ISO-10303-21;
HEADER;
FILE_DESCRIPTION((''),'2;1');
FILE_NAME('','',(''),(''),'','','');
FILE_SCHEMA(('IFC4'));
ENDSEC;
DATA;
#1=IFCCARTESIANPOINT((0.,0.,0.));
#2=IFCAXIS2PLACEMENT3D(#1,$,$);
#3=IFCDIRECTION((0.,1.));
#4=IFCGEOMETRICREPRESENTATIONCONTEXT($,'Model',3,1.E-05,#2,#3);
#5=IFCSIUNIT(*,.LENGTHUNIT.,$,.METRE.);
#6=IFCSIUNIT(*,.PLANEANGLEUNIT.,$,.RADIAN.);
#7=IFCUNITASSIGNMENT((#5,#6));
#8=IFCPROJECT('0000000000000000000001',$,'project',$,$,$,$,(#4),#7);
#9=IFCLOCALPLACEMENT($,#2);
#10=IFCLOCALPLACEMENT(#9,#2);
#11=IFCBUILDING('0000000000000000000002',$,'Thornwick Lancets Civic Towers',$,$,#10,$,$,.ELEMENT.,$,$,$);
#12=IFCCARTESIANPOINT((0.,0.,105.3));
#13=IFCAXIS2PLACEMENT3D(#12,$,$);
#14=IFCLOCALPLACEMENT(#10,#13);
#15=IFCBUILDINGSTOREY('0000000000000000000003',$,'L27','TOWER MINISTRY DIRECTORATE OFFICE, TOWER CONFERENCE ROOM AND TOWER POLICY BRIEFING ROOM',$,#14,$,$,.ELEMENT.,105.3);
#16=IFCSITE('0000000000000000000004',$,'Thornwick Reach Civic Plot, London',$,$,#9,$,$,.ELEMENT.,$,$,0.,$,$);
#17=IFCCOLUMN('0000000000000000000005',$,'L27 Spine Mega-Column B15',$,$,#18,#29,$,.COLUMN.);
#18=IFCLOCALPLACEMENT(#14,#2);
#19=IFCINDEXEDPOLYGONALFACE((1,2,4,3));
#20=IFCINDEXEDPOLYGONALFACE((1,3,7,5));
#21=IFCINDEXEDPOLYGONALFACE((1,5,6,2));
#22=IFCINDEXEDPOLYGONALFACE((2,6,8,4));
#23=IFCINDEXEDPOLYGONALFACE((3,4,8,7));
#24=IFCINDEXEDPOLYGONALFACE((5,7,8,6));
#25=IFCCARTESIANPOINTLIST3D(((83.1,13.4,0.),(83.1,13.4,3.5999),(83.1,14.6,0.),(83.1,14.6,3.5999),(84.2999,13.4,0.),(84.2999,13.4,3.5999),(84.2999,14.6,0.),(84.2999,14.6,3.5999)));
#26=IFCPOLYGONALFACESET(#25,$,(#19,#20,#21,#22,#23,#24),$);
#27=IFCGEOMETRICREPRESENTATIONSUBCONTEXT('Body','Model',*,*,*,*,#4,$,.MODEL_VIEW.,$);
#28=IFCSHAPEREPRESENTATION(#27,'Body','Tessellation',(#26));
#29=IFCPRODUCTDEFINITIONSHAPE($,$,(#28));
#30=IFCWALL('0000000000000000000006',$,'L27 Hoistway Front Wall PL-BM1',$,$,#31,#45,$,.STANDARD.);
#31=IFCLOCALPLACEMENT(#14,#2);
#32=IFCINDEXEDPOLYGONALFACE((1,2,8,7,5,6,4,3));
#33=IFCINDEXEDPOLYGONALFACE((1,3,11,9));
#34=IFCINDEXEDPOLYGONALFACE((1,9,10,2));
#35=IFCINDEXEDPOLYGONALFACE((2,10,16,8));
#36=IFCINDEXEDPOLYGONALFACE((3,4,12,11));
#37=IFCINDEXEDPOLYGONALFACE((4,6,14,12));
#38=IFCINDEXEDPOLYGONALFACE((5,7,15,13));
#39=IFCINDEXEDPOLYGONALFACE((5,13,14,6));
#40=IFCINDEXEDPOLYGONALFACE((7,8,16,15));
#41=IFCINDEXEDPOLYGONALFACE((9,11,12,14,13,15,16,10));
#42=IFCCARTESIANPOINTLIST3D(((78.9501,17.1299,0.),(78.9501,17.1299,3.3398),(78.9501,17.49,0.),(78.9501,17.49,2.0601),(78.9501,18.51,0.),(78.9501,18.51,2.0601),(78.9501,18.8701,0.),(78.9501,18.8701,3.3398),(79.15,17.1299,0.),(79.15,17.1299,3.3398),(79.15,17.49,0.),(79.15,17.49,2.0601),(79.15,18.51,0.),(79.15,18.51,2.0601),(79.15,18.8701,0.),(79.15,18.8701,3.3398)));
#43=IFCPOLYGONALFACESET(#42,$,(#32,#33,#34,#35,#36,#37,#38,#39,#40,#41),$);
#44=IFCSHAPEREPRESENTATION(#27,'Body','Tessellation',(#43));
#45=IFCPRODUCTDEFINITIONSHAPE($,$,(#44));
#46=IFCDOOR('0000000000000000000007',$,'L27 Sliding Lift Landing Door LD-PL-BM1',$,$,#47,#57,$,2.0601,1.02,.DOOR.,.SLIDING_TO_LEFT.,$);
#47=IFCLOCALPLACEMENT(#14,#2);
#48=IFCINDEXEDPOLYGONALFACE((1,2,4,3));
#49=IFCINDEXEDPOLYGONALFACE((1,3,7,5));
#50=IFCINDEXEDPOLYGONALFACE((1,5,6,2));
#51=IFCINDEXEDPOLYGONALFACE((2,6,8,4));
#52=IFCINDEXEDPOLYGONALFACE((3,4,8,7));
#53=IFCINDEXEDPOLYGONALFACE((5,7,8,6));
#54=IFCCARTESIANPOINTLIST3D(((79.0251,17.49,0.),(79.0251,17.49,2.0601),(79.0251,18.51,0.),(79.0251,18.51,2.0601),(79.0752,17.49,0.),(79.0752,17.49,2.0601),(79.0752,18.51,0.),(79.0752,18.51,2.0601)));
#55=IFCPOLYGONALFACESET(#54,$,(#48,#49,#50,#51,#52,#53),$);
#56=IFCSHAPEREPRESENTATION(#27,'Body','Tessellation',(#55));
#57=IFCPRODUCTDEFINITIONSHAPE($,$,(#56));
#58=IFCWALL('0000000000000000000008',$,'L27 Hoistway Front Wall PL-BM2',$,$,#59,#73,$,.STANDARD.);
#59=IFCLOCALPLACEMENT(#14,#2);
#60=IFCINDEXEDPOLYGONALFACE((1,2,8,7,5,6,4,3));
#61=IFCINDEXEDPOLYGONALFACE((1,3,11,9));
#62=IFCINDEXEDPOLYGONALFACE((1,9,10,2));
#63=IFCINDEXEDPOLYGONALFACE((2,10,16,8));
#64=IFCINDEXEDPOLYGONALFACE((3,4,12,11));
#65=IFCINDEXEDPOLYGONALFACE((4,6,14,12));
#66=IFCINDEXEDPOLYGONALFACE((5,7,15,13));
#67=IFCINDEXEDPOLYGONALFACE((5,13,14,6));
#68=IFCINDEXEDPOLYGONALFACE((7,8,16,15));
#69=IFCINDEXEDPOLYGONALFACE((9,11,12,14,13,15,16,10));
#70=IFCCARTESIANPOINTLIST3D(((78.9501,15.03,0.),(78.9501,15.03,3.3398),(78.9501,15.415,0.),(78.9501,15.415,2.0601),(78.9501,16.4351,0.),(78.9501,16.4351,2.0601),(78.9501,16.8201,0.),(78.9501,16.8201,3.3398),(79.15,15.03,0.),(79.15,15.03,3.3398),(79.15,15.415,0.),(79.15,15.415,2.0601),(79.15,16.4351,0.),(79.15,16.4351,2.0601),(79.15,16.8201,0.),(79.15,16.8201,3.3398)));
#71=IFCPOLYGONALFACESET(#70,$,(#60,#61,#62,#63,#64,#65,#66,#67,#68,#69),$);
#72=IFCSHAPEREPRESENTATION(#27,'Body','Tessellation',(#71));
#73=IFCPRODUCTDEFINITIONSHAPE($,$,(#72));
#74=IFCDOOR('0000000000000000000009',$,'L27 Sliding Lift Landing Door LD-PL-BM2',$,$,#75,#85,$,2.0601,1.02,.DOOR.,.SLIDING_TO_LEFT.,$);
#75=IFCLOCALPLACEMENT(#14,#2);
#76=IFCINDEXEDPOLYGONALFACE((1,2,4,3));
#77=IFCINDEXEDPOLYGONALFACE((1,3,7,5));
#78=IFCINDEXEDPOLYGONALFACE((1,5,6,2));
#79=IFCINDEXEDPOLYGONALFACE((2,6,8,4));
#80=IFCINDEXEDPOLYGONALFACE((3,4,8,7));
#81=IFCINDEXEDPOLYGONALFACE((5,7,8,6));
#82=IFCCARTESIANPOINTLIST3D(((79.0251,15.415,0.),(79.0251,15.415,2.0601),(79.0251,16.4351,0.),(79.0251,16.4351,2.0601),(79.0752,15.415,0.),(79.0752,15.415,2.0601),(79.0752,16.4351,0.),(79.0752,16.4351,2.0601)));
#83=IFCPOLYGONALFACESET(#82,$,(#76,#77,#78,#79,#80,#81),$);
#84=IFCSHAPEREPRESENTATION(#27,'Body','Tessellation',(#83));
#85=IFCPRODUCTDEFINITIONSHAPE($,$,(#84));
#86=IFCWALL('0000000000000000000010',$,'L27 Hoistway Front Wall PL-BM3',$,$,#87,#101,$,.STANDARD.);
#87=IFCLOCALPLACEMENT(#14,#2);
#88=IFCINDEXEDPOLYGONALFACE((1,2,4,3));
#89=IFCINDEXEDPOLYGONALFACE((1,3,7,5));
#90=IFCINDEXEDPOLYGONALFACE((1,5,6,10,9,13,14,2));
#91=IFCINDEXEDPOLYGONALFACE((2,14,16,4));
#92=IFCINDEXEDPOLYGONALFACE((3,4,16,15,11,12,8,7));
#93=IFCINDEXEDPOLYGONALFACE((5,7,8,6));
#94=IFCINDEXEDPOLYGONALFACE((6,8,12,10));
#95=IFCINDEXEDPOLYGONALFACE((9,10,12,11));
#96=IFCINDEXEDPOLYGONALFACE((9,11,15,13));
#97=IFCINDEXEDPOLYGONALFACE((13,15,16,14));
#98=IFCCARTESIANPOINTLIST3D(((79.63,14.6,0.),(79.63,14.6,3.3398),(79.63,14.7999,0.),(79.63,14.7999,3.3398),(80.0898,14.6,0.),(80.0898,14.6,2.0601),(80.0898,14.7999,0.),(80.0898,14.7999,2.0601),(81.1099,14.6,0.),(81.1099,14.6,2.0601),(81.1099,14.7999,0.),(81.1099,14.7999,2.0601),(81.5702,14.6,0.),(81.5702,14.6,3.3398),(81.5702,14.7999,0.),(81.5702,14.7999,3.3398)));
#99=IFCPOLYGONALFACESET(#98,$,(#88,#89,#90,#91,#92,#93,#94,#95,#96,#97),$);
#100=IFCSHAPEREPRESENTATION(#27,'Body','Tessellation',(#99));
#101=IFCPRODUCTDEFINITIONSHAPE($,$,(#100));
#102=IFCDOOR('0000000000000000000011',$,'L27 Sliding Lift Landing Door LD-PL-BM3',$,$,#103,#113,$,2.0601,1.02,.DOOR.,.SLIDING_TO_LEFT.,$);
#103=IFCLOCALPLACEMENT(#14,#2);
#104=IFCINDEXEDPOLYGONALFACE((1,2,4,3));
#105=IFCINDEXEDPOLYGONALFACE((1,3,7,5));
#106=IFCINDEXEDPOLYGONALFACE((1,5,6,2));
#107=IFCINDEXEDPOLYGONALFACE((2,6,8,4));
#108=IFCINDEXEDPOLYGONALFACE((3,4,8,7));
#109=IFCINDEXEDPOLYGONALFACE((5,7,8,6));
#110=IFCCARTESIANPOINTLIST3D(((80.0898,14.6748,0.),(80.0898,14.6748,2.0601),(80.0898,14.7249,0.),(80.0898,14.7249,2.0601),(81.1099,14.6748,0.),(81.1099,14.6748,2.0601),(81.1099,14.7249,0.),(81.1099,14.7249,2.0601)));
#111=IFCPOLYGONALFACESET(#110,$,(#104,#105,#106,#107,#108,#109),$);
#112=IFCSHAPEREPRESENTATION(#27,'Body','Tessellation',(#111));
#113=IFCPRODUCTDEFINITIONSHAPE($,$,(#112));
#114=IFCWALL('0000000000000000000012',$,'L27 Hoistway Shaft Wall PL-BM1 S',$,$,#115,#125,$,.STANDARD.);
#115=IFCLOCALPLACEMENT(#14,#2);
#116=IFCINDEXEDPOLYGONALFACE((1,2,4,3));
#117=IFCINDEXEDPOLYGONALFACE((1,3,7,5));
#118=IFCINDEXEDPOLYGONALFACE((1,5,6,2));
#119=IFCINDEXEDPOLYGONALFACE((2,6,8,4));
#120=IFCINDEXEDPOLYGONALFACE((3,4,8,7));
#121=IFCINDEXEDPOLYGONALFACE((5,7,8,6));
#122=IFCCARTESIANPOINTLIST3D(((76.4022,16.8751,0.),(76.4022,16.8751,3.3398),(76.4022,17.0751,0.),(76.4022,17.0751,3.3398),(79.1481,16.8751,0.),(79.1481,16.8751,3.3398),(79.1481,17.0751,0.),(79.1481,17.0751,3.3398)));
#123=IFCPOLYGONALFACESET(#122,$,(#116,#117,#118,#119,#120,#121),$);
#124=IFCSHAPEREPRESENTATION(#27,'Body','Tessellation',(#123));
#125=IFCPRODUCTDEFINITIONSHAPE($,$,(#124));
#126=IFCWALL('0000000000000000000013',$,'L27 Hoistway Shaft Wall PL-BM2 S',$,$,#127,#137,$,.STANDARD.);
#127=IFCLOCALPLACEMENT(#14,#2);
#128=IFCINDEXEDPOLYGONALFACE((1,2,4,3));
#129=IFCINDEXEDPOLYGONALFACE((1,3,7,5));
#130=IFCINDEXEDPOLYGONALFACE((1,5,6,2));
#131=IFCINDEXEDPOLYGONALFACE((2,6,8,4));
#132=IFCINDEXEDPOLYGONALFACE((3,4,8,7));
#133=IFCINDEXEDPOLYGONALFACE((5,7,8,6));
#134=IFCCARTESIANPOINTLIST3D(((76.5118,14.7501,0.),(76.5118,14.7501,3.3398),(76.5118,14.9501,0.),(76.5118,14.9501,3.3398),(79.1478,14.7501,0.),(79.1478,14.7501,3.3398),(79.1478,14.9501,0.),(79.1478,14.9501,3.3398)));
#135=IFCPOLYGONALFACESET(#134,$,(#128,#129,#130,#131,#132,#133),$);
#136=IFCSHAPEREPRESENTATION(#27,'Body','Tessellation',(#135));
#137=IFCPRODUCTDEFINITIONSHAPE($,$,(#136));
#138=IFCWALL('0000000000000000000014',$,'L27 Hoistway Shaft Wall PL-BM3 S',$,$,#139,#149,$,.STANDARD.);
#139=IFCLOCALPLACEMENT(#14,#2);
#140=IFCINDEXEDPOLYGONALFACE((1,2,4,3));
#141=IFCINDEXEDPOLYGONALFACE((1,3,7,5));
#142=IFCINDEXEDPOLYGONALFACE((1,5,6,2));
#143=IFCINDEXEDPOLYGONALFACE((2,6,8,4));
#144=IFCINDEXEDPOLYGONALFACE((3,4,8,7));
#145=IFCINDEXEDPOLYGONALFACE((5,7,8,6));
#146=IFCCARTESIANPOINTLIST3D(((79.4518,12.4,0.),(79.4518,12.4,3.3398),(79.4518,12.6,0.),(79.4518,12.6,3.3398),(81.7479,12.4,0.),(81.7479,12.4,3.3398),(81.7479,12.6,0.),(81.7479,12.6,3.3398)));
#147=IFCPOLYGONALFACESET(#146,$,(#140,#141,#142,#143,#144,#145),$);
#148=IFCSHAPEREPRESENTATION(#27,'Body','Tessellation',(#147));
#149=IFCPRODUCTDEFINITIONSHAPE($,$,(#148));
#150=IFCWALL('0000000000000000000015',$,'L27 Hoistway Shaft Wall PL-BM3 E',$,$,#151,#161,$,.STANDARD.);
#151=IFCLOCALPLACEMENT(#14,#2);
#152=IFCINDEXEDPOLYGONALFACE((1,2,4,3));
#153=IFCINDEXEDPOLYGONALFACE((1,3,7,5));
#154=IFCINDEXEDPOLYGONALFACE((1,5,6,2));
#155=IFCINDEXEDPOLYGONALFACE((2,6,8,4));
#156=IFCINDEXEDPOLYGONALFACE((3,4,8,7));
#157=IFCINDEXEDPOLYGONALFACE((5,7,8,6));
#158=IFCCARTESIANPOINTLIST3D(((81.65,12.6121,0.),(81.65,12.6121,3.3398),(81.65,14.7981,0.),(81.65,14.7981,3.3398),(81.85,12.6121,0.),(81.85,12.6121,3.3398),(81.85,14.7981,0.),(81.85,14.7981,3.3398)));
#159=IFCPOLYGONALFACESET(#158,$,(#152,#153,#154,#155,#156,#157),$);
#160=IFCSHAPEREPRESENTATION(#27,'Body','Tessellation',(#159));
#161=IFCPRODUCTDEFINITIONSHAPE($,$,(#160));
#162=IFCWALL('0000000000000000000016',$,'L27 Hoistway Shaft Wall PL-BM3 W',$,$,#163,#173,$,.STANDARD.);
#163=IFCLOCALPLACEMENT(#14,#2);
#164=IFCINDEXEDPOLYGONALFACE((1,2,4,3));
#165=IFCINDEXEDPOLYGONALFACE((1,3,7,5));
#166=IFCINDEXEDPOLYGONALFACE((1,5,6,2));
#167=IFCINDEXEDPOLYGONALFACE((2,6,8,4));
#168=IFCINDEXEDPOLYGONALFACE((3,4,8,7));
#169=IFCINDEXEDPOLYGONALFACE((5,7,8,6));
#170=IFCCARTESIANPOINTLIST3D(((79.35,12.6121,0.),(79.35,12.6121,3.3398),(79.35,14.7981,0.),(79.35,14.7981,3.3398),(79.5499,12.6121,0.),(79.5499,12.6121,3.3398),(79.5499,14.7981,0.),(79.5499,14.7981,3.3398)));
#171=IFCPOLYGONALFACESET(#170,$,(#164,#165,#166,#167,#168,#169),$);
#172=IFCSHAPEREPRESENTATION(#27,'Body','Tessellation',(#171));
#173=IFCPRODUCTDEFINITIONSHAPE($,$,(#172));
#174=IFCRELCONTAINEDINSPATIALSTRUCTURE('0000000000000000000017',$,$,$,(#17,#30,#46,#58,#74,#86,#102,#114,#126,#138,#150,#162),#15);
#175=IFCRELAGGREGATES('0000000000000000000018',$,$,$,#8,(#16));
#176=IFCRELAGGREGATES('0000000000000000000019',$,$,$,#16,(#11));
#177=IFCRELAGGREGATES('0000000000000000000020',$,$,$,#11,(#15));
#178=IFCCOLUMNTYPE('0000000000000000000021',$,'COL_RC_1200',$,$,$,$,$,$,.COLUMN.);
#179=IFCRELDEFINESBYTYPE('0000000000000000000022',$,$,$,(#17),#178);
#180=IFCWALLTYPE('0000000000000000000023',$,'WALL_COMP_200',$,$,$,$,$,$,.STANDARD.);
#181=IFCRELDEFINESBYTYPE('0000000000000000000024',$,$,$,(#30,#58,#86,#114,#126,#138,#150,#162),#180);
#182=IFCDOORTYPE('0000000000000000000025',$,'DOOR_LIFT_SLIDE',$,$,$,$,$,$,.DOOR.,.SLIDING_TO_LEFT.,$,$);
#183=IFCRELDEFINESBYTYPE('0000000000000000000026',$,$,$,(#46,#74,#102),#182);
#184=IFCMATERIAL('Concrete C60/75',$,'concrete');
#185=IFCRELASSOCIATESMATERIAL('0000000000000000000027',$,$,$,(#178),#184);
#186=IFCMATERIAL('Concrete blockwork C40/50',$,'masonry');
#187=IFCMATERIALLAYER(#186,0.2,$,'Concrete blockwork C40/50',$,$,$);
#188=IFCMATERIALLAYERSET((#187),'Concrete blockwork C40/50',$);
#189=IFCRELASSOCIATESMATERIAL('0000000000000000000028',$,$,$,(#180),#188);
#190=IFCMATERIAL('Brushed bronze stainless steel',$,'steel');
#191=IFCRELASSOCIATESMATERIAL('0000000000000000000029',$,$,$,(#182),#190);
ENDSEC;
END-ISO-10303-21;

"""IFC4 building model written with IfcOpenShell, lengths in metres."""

from ifc_helpers import new_model, si_unit, direction, frame, frame_2d, origin, origin_2d, place, context, subcontext, project, spatial, rectangle, extrude, material, layer, layer_set, material_profile, profile_set, type_object, element, fill, save


model = new_model("IFC4")

# Units and contexts
model_context = context("Model", 3, precision=1e-05, world=origin(), true_north=direction((0.0, 1.0)))
body_context = subcontext(model_context, "Body", "Model", "MODEL_VIEW")
ifc_project = project(units=[si_unit("LENGTHUNIT", "METRE"), si_unit("PLANEANGLEUNIT", "RADIAN")], contexts=[model_context])

# Site, building, storey
site_placement = place(None, origin())
site = spatial("IfcSite", under=ifc_project, at=site_placement, Name="Thornwick Reach Civic Plot, London", CompositionType="ELEMENT", RefElevation=0.0)
building_placement = place(site_placement, origin())
building = spatial("IfcBuilding", under=site, at=building_placement, Name="Thornwick Lancets Civic Towers", CompositionType="ELEMENT")
storey_placement = place(building_placement, frame((0.0, 0.0, 105.3)))
storey = spatial("IfcBuildingStorey", under=building, at=storey_placement, Name="L27", Description="TOWER MINISTRY DIRECTORATE OFFICE, TOWER CONFERENCE ROOM AND TOWER POLICY BRIEFING ROOM", CompositionType="ELEMENT", Elevation=105.3)

# Column
ifc_material_1 = material(Name="Concrete C60/75", Category="concrete")
ifc_material_profile = material_profile(ifc_material_1, rectangle(XDim=1.2, YDim=1.2, at=origin_2d()), Name="RC 1200x1200")
ifc_profile_set = profile_set([ifc_material_profile], Name="Concrete C60/75")
column_type = type_object("IfcColumnType", Name="COL_RC_1200", PredefinedType="COLUMN", material=ifc_profile_set)
column_placement = place(storey_placement, frame((83.7, 14.0, 0.0), z_axis=(0.0, 0.0, 1.0), x_axis=(1.0, 0.0, 0.0)))
element("IfcColumn", 1, at=column_placement, inside=storey, type_object=column_type, Name="L27 Spine Mega-Column B15", PredefinedType="COLUMN", context=body_context, shape_type="SweptSolid", body=[
    extrude(rectangle(XDim=1.2, YDim=1.2, at=origin_2d()), origin(), (0.0, 0.0, 1.0), 3.5999),
])

# Walls, openings, doors
ifc_material_2 = material(Name="Concrete blockwork C40/50", Category="masonry")
ifc_layer_1 = layer(ifc_material_2, 0.2, Name="Concrete blockwork C40/50")
ifc_layer_set_1 = layer_set([ifc_layer_1], Name="Concrete blockwork C40/50")
wall_type_1 = type_object("IfcWallType", Name="WALL_COMP_200", PredefinedType="STANDARD", material=ifc_layer_set_1)
wall_1_placement = place(storey_placement, frame((79.05, 17.1299, 0.0), z_axis=(0.0, 0.0, 1.0), x_axis=(0.0, 1.0, 0.0)))
wall_1 = element("IfcWall", 2, at=wall_1_placement, inside=storey, type_object=wall_type_1, Name="L27 Hoistway Front Wall PL-BM1", PredefinedType="STANDARD", context=body_context, shape_type="SweptSolid", body=[
    extrude(rectangle(XDim=1.7402, YDim=0.2, at=frame_2d((0.8701, 0.0))), origin(), (0.0, 0.0, 1.0), 3.3398),
])
opening_1_placement = place(wall_1_placement, frame((0.3601, 0.0, 0.0)))
opening_1 = element("IfcOpeningElement", 3, at=opening_1_placement, cuts=wall_1, PredefinedType="OPENING", context=body_context, shape_type="SweptSolid", body=[
    extrude(rectangle(XDim=1.02, YDim=2.0601, at=frame_2d((0.51, 1.03))), frame((0.0, 0.1099, 0.0), z_axis=(0.0, -1.0, 0.0), x_axis=(1.0, 0.0, 0.0)), (0.0, 0.0, 1.0), 0.22),
])
ifc_material_3 = material(Name="Brushed bronze stainless steel", Category="steel")
door_type_1 = type_object("IfcDoorType", Name="DOOR_LIFT_SLIDE", OperationType="SLIDING_TO_LEFT", PredefinedType="DOOR", material=ifc_material_3)
door_1_placement = place(opening_1_placement, origin())
door_1 = element("IfcDoor", 4, at=door_1_placement, inside=storey, type_object=door_type_1, Name="L27 Sliding Lift Landing Door LD-PL-BM1", OperationType="SLIDING_TO_LEFT", OverallHeight=2.0601, OverallWidth=1.02, PredefinedType="DOOR", context=body_context, shape_type="SweptSolid", body=[
    extrude(rectangle(XDim=1.02, YDim=2.0601, at=frame_2d((0.51, 1.03))), frame((0.0, 0.0249, 0.0), z_axis=(0.0, -1.0, 0.0), x_axis=(1.0, 0.0, 0.0)), (0.0, 0.0, 1.0), 0.05),
])
fill(opening_1, door_1)
wall_2_placement = place(storey_placement, frame((79.05, 15.03, 0.0), z_axis=(0.0, 0.0, 1.0), x_axis=(0.0, 1.0, 0.0)))
wall_2 = element("IfcWall", 5, at=wall_2_placement, inside=storey, type_object=wall_type_1, Name="L27 Hoistway Front Wall PL-BM2", PredefinedType="STANDARD", context=body_context, shape_type="SweptSolid", body=[
    extrude(rectangle(XDim=1.79, YDim=0.2, at=frame_2d((0.895, 0.0))), origin(), (0.0, 0.0, 1.0), 3.3398),
])
opening_2_placement = place(wall_2_placement, frame((0.385, 0.0, 0.0)))
opening_2 = element("IfcOpeningElement", 6, at=opening_2_placement, cuts=wall_2, PredefinedType="OPENING", context=body_context, shape_type="SweptSolid", body=[
    extrude(rectangle(XDim=1.02, YDim=2.0601, at=frame_2d((0.51, 1.03))), frame((0.0, 0.1099, 0.0), z_axis=(0.0, -1.0, 0.0), x_axis=(1.0, 0.0, 0.0)), (0.0, 0.0, 1.0), 0.22),
])
door_2_placement = place(opening_2_placement, origin())
door_2 = element("IfcDoor", 7, at=door_2_placement, inside=storey, type_object=door_type_1, Name="L27 Sliding Lift Landing Door LD-PL-BM2", OperationType="SLIDING_TO_LEFT", OverallHeight=2.0601, OverallWidth=1.02, PredefinedType="DOOR", context=body_context, shape_type="SweptSolid", body=[
    extrude(rectangle(XDim=1.02, YDim=2.0601, at=frame_2d((0.51, 1.03))), frame((0.0, 0.0249, 0.0), z_axis=(0.0, -1.0, 0.0), x_axis=(1.0, 0.0, 0.0)), (0.0, 0.0, 1.0), 0.05),
])
fill(opening_2, door_2)
wall_3_placement = place(storey_placement, frame((79.6299, 14.7, 0.0), z_axis=(0.0, 0.0, 1.0), x_axis=(1.0, 0.0, 0.0)))
wall_3 = element("IfcWall", 8, at=wall_3_placement, inside=storey, type_object=wall_type_1, Name="L27 Hoistway Front Wall PL-BM3", PredefinedType="STANDARD", context=body_context, shape_type="SweptSolid", body=[
    extrude(rectangle(XDim=1.9402, YDim=0.2, at=frame_2d((0.9702, 0.0))), origin(), (0.0, 0.0, 1.0), 3.3398),
])
opening_3_placement = place(wall_3_placement, frame((0.46, 0.0, 0.0)))
opening_3 = element("IfcOpeningElement", 9, at=opening_3_placement, cuts=wall_3, PredefinedType="OPENING", context=body_context, shape_type="SweptSolid", body=[
    extrude(rectangle(XDim=1.02, YDim=2.0601, at=frame_2d((0.51, 1.03))), frame((0.0, 0.1099, 0.0), z_axis=(0.0, -1.0, 0.0), x_axis=(1.0, 0.0, 0.0)), (0.0, 0.0, 1.0), 0.22),
])
door_3_placement = place(opening_3_placement, origin())
door_3 = element("IfcDoor", 10, at=door_3_placement, inside=storey, type_object=door_type_1, Name="L27 Sliding Lift Landing Door LD-PL-BM3", OperationType="SLIDING_TO_LEFT", OverallHeight=2.0601, OverallWidth=1.02, PredefinedType="DOOR", context=body_context, shape_type="SweptSolid", body=[
    extrude(rectangle(XDim=1.02, YDim=2.0601, at=frame_2d((0.51, 1.03))), frame((0.0, 0.0249, 0.0), z_axis=(0.0, -1.0, 0.0), x_axis=(1.0, 0.0, 0.0)), (0.0, 0.0, 1.0), 0.05),
])
fill(opening_3, door_3)

# Walls
wall_4_placement = place(storey_placement, frame((76.4021, 16.9751, 0.0), z_axis=(0.0, 0.0, 1.0), x_axis=(1.0, 0.0, 0.0)))
element("IfcWall", 11, at=wall_4_placement, inside=storey, type_object=wall_type_1, Name="L27 Hoistway Shaft Wall PL-BM1 S", PredefinedType="STANDARD", context=body_context, shape_type="SweptSolid", body=[
    extrude(rectangle(XDim=2.7458, YDim=0.2, at=frame_2d((1.373, 0.0))), origin(), (0.0, 0.0, 1.0), 3.3398),
])
wall_5_placement = place(storey_placement, frame((76.512, 14.8501, 0.0), z_axis=(0.0, 0.0, 1.0), x_axis=(1.0, 0.0, 0.0)))
element("IfcWall", 12, at=wall_5_placement, inside=storey, type_object=wall_type_1, Name="L27 Hoistway Shaft Wall PL-BM2 S", PredefinedType="STANDARD", context=body_context, shape_type="SweptSolid", body=[
    extrude(rectangle(XDim=2.636, YDim=0.2, at=frame_2d((1.3179, 0.0))), origin(), (0.0, 0.0, 1.0), 3.3398),
])
wall_6_placement = place(storey_placement, frame((79.4519, 12.5, 0.0), z_axis=(0.0, 0.0, 1.0), x_axis=(1.0, 0.0, 0.0)))
element("IfcWall", 13, at=wall_6_placement, inside=storey, type_object=wall_type_1, Name="L27 Hoistway Shaft Wall PL-BM3 S", PredefinedType="STANDARD", context=body_context, shape_type="SweptSolid", body=[
    extrude(rectangle(XDim=2.2961, YDim=0.2, at=frame_2d((1.1479, 0.0))), origin(), (0.0, 0.0, 1.0), 3.3398),
])
for number, where, z_axis, x_axis, name in (
    (14, (81.75, 12.6121, 0.0), (0.0, 0.0, 1.0), (0.0, 1.0, 0.0), "L27 Hoistway Shaft Wall PL-BM3 E"),
    (15, (79.45, 12.6121, 0.0), (0.0, 0.0, 1.0), (0.0, 1.0, 0.0), "L27 Hoistway Shaft Wall PL-BM3 W"),
):
    element("IfcWall", number, at=place(storey_placement, frame(where, z_axis=z_axis, x_axis=x_axis)), inside=storey, type_object=wall_type_1, Name=name, PredefinedType="STANDARD", context=body_context, shape_type="SweptSolid", body=[
        extrude(rectangle(XDim=2.186, YDim=0.2, at=frame_2d((1.093, 0.0))), origin(), (0.0, 0.0, 1.0), 3.3398),
    ])

save(model, "model.ifc")
